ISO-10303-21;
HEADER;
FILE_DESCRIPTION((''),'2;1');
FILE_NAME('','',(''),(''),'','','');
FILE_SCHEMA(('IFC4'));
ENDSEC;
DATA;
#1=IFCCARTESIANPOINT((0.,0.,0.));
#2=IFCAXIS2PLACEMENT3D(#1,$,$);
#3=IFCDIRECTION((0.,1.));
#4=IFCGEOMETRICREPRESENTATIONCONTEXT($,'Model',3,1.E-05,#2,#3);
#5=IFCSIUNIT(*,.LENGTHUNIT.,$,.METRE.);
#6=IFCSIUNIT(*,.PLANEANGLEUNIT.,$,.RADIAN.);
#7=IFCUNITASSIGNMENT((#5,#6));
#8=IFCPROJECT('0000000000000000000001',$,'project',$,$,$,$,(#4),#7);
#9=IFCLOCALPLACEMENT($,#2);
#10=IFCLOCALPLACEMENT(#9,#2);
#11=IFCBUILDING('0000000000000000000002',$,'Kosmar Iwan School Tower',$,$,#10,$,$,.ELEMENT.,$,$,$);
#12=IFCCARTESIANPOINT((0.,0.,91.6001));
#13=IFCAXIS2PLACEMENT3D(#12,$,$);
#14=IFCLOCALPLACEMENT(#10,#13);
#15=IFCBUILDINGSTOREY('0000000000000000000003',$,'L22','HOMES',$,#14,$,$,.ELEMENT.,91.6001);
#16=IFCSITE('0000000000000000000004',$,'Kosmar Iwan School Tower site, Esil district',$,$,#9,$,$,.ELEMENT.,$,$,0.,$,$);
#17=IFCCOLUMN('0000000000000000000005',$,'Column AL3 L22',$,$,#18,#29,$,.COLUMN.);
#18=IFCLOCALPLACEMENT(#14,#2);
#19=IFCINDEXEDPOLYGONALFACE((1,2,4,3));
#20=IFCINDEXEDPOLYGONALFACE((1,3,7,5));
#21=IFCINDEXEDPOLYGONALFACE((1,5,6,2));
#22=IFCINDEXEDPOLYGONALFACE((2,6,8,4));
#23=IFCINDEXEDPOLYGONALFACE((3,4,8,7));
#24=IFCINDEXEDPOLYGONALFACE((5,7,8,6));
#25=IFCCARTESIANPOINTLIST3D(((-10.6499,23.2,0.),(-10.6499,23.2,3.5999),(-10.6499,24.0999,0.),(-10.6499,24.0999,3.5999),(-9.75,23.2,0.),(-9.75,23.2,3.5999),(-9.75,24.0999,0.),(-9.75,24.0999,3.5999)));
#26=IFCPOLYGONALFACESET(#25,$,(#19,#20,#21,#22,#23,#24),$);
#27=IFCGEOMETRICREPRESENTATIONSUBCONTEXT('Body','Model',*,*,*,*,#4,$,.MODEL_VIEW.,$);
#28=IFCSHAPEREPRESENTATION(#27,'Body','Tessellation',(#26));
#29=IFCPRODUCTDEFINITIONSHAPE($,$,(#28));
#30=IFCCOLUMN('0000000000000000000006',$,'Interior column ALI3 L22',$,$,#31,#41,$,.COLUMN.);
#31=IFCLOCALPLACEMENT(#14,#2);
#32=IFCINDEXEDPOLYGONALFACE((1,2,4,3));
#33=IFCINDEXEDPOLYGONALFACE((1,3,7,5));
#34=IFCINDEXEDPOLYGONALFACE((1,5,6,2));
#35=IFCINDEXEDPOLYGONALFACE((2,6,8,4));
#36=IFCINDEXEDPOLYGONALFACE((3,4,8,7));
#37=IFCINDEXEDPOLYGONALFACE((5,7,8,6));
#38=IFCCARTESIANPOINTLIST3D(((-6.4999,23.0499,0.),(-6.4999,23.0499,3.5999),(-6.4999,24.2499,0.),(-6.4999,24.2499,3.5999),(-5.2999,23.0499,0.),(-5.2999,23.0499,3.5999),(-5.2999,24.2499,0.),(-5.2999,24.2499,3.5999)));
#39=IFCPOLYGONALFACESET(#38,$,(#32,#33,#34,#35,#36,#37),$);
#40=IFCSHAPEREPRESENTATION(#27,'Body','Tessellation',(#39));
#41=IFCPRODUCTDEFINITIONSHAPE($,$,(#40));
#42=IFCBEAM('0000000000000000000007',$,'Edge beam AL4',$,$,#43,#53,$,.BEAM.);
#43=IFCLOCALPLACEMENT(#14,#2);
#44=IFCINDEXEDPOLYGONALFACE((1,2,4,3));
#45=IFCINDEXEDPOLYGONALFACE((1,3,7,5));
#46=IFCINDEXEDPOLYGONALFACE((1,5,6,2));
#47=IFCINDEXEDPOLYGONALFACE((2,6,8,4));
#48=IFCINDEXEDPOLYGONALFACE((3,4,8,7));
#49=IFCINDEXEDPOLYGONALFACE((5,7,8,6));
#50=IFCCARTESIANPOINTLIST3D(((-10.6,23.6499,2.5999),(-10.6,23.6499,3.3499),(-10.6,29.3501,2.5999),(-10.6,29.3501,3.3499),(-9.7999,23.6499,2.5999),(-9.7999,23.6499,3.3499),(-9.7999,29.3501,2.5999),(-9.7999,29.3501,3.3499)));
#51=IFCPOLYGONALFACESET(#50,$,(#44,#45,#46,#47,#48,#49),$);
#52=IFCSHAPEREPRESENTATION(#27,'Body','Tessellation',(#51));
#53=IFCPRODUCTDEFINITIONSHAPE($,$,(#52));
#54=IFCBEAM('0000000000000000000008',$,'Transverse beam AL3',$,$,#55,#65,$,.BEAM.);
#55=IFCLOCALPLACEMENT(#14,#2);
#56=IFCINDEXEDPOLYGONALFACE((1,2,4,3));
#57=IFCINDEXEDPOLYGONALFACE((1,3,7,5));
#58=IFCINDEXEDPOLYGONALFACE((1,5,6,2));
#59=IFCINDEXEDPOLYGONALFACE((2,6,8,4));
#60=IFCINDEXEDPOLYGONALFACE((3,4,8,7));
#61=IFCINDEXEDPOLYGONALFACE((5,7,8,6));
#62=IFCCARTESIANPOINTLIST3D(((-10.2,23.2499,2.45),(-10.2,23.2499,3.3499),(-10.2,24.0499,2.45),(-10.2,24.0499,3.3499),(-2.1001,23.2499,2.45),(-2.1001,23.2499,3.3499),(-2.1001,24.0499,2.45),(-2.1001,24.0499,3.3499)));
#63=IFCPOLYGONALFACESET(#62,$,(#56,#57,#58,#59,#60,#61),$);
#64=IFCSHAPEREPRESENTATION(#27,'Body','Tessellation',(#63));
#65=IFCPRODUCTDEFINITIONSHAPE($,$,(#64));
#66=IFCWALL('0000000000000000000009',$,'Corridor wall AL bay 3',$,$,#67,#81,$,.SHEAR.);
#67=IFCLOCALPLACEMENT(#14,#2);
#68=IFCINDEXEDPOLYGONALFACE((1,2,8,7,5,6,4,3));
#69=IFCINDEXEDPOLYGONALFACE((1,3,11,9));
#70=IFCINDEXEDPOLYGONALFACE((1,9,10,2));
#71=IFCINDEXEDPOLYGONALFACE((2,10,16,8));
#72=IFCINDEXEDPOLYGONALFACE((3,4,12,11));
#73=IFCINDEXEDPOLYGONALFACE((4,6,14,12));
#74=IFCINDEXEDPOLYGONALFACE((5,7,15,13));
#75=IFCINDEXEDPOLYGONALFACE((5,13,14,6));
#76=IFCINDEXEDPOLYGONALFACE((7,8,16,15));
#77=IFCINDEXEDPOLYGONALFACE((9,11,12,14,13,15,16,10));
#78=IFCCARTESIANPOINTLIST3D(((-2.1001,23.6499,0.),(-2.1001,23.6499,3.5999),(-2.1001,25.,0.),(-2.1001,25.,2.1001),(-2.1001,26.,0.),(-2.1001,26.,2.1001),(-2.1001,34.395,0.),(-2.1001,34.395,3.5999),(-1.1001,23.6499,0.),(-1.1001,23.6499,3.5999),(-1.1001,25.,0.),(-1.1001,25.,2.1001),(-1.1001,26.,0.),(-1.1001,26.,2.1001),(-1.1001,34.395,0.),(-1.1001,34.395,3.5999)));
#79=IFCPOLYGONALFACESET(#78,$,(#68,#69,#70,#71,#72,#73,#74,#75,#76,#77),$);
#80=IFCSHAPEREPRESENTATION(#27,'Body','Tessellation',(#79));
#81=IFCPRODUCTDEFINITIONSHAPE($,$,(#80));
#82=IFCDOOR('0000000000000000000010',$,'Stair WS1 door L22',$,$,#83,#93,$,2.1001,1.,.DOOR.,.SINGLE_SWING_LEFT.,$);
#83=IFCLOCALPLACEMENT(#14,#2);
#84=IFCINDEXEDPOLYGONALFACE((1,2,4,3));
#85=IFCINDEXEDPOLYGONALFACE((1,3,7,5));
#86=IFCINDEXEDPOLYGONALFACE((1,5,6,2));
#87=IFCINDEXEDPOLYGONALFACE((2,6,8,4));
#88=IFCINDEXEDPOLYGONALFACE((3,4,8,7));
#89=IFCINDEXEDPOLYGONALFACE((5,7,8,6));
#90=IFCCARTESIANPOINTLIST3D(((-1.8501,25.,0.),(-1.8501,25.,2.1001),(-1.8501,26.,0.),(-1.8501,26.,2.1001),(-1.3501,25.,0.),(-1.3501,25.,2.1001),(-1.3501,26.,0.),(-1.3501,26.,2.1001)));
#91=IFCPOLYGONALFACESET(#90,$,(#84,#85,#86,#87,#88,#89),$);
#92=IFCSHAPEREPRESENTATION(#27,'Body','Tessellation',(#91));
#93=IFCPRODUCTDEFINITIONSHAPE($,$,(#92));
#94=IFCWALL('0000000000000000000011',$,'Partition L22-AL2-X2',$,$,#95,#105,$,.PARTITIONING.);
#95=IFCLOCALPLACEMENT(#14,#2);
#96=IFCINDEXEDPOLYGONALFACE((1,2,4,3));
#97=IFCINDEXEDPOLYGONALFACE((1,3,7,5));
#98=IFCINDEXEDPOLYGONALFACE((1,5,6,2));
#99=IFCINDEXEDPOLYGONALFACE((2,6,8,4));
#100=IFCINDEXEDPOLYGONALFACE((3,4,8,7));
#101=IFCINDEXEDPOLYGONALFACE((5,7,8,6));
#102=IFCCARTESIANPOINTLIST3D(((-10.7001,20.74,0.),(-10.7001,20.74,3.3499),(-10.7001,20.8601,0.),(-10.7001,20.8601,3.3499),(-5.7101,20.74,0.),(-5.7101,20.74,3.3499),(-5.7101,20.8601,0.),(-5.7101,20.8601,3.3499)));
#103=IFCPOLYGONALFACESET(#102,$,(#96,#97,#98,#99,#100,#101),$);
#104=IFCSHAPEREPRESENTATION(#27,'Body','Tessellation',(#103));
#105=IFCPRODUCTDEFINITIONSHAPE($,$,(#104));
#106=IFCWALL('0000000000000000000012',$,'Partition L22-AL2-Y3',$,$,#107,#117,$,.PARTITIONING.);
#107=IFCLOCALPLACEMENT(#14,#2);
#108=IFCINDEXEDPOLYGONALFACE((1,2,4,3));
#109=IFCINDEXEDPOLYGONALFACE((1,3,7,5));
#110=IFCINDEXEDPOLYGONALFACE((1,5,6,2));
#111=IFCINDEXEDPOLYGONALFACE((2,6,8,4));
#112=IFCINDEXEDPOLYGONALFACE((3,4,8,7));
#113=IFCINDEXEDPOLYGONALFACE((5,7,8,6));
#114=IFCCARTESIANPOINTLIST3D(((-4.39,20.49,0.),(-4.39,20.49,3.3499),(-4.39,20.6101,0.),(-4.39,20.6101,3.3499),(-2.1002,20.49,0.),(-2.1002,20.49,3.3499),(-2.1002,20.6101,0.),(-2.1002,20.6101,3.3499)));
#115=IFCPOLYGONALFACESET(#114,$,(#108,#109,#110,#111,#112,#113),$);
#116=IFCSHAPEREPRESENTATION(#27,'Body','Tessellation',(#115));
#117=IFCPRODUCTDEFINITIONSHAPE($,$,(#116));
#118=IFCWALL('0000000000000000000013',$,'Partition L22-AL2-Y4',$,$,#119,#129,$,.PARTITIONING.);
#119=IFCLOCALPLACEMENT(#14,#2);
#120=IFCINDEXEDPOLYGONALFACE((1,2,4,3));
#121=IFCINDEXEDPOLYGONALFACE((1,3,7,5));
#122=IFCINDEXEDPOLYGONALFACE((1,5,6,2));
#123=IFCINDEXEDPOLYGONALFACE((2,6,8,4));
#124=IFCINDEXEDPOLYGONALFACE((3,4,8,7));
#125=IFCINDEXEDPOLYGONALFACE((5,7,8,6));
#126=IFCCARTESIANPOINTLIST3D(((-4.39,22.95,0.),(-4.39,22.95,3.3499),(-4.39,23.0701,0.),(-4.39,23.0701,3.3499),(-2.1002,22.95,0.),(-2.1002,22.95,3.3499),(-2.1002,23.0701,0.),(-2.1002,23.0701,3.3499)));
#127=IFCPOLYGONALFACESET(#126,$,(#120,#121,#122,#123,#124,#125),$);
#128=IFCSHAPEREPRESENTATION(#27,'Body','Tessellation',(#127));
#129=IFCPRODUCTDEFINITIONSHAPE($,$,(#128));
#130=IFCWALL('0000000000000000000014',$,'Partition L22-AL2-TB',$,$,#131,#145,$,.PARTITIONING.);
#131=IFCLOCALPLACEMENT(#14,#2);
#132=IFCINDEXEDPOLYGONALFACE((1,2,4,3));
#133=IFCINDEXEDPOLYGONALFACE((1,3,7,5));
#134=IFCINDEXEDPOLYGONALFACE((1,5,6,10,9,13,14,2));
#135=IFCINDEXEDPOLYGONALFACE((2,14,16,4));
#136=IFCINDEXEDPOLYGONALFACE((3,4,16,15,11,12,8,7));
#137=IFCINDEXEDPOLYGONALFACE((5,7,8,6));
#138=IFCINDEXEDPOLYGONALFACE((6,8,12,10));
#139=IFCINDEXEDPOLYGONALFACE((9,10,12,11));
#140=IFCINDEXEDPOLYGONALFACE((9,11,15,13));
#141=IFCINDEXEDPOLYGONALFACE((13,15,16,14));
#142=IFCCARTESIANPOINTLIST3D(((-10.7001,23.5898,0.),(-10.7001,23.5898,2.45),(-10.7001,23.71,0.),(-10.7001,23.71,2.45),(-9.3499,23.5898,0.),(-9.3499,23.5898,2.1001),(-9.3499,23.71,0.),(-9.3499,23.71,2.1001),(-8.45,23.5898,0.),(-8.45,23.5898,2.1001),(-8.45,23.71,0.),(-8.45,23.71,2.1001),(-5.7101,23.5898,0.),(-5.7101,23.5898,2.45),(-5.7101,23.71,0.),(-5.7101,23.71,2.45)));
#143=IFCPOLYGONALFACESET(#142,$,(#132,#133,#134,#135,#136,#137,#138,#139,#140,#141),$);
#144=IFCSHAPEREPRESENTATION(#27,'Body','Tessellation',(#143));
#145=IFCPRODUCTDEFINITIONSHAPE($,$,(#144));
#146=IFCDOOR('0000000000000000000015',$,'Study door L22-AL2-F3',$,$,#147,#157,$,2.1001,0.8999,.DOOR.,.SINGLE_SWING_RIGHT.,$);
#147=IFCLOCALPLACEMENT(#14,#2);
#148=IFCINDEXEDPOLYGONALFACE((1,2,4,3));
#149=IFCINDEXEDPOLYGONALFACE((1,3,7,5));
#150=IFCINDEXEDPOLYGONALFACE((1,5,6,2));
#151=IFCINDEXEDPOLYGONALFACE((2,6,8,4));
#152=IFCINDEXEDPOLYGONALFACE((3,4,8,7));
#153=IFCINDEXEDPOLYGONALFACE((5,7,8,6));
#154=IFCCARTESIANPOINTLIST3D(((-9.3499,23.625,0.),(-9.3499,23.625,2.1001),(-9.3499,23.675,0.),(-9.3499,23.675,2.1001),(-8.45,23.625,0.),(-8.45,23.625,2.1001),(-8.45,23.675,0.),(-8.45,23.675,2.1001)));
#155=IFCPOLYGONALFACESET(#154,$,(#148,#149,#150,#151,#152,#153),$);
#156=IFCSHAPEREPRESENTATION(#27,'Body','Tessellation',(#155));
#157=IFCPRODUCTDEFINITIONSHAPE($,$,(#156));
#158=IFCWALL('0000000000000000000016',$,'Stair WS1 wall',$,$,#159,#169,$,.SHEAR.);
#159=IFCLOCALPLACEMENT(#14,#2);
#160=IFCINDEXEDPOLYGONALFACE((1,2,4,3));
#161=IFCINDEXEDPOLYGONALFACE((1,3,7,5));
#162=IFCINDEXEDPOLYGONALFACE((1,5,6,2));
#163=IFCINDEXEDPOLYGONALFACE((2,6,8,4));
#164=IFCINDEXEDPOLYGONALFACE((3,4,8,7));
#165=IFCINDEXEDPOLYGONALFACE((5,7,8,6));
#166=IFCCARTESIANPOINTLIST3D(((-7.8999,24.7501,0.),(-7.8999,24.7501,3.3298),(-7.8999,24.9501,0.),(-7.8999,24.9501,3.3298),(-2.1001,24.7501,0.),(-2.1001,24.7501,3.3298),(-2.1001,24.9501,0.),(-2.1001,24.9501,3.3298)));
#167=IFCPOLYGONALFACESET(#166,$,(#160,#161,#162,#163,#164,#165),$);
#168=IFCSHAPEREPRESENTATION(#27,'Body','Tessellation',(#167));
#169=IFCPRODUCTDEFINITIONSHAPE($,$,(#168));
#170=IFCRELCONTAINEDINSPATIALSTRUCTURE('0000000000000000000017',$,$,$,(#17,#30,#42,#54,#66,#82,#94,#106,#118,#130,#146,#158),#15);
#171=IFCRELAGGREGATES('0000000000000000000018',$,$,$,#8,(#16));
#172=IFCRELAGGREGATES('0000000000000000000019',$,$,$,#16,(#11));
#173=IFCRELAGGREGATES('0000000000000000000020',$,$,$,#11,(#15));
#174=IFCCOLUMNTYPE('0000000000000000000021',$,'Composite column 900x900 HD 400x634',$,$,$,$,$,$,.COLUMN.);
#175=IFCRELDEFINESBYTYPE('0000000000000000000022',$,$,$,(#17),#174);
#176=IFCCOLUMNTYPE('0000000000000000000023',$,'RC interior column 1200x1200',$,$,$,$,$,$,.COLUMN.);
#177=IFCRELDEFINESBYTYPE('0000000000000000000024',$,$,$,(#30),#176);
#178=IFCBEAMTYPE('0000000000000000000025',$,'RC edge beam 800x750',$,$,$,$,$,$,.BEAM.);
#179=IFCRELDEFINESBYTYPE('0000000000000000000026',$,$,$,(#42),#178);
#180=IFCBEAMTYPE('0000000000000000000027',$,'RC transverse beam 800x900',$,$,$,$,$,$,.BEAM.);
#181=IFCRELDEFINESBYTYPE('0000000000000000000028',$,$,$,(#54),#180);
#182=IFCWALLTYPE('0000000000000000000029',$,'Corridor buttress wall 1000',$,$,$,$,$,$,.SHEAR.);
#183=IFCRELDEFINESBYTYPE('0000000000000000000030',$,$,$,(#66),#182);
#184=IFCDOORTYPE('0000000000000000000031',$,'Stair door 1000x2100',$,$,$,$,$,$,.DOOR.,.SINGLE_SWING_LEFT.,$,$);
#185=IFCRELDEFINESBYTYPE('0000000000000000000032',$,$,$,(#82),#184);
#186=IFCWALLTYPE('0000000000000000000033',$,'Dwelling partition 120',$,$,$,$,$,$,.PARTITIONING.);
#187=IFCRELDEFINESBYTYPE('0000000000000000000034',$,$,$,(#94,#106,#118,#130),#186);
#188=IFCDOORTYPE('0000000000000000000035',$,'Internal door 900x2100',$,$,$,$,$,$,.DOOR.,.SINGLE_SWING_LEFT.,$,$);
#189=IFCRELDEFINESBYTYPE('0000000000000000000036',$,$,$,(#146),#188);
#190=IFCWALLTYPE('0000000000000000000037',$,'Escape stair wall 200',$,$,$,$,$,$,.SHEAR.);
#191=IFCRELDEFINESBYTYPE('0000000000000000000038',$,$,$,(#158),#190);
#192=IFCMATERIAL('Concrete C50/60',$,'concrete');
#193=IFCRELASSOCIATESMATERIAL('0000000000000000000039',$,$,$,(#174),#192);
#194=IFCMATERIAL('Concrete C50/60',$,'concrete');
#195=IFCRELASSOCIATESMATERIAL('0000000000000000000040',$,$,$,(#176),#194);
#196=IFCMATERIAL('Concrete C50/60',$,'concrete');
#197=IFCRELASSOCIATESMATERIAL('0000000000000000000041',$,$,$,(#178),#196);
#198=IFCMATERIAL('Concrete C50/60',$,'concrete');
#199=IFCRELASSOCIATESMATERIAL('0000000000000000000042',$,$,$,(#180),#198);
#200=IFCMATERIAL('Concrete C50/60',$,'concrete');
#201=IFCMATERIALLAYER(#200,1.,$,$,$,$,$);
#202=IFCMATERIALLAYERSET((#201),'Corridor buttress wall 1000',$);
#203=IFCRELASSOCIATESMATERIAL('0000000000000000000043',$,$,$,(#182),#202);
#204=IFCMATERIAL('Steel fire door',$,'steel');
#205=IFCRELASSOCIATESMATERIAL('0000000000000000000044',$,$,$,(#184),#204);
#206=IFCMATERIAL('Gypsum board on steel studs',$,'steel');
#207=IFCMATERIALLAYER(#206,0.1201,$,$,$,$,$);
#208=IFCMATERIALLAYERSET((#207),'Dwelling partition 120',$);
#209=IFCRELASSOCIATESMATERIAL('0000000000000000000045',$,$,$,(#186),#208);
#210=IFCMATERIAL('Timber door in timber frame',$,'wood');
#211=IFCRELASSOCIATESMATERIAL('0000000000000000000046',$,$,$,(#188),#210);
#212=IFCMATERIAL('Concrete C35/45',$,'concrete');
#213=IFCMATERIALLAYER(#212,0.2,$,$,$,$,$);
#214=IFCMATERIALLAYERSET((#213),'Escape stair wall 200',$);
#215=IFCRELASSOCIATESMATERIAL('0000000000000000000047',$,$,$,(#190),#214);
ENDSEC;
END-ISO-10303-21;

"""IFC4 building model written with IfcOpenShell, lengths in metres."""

from ifc_helpers import new_model, si_unit, direction, frame, frame_2d, origin, origin_2d, place, context, subcontext, project, spatial, rectangle, extrude, material, layer, layer_set, material_profile, profile_set, type_object, element, fill, save


model = new_model("IFC4")

# Units and contexts
model_context = context("Model", 3, precision=1e-05, world=origin(), true_north=direction((0.0, 1.0)))
body_context = subcontext(model_context, "Body", "Model", "MODEL_VIEW")
ifc_project = project(units=[si_unit("LENGTHUNIT", "METRE"), si_unit("PLANEANGLEUNIT", "RADIAN")], contexts=[model_context])

# Site, building, storey
site_placement = place(None, origin())
site = spatial("IfcSite", under=ifc_project, at=site_placement, Name="Kosmar Iwan School Tower site, Esil district", CompositionType="ELEMENT", RefElevation=0.0)
building_placement = place(site_placement, origin())
building = spatial("IfcBuilding", under=site, at=building_placement, Name="Kosmar Iwan School Tower", CompositionType="ELEMENT")
storey_placement = place(building_placement, frame((0.0, 0.0, 91.6001)))
storey = spatial("IfcBuildingStorey", under=building, at=storey_placement, Name="L22", Description="HOMES", CompositionType="ELEMENT", Elevation=91.6001)

# Columns
ifc_material_1 = material(Name="Concrete C50/60", Category="concrete")
ifc_material_profile_1 = material_profile(ifc_material_1, rectangle(XDim=0.8999, YDim=0.8999, at=origin_2d()), Name="RC 900x900 + HD 400x634")
ifc_profile_set_1 = profile_set([ifc_material_profile_1], Name="Concrete C50/60")
column_type_1 = type_object("IfcColumnType", Name="Composite column 900x900 HD 400x634", PredefinedType="COLUMN", material=ifc_profile_set_1)
column_1_placement = place(storey_placement, frame((-10.2, 23.6499, 0.0), z_axis=(0.0, 0.0, 1.0), x_axis=(0.0, 1.0, 0.0)))
element("IfcColumn", 1, at=column_1_placement, inside=storey, type_object=column_type_1, Name="Column AL3 L22", PredefinedType="COLUMN", context=body_context, shape_type="SweptSolid", body=[
    extrude(rectangle(XDim=0.8999, YDim=0.8999, at=origin_2d()), origin(), (0.0, 0.0, 1.0), 3.5999),
])
ifc_material_2 = material(Name="Concrete C50/60", Category="concrete")
ifc_material_profile_2 = material_profile(ifc_material_2, rectangle(XDim=1.2, YDim=1.2, at=origin_2d()), Name="RC 1200x1200")
ifc_profile_set_2 = profile_set([ifc_material_profile_2], Name="Concrete C50/60")
column_type_2 = type_object("IfcColumnType", Name="RC interior column 1200x1200", PredefinedType="COLUMN", material=ifc_profile_set_2)
column_2_placement = place(storey_placement, frame((-5.8999, 23.6499, 0.0), z_axis=(0.0, 0.0, 1.0), x_axis=(0.0, 1.0, 0.0)))
element("IfcColumn", 2, at=column_2_placement, inside=storey, type_object=column_type_2, Name="Interior column ALI3 L22", PredefinedType="COLUMN", context=body_context, shape_type="SweptSolid", body=[
    extrude(rectangle(XDim=1.2, YDim=1.2, at=origin_2d()), origin(), (0.0, 0.0, 1.0), 3.5999),
])

# Beams
ifc_material_3 = material(Name="Concrete C50/60", Category="concrete")
ifc_material_profile_3 = material_profile(ifc_material_3, rectangle(XDim=0.8, YDim=0.75, at=origin_2d()), Name="RC 800x750")
ifc_profile_set_3 = profile_set([ifc_material_profile_3], Name="Concrete C50/60")
beam_type_1 = type_object("IfcBeamType", Name="RC edge beam 800x750", PredefinedType="BEAM", material=ifc_profile_set_3)
beam_1_placement = place(storey_placement, frame((-10.2, 23.6499, 2.9749), z_axis=(0.0, 1.0, 0.0), x_axis=(-1.0, 0.0, 0.0)))
element("IfcBeam", 3, at=beam_1_placement, inside=storey, type_object=beam_type_1, Name="Edge beam AL4", PredefinedType="BEAM", context=body_context, shape_type="SweptSolid", body=[
    extrude(rectangle(XDim=0.8, YDim=0.75, at=origin_2d()), origin(), (0.0, 0.0, 1.0), 5.7002),
])
ifc_material_4 = material(Name="Concrete C50/60", Category="concrete")
ifc_material_profile_4 = material_profile(ifc_material_4, rectangle(XDim=0.8, YDim=0.8999, at=origin_2d()), Name="RC 800x900")
ifc_profile_set_4 = profile_set([ifc_material_profile_4], Name="Concrete C50/60")
beam_type_2 = type_object("IfcBeamType", Name="RC transverse beam 800x900", PredefinedType="BEAM", material=ifc_profile_set_4)
beam_2_placement = place(storey_placement, frame((-10.2, 23.6499, 2.8999), z_axis=(1.0, 0.0, 0.0), x_axis=(0.0, 1.0, 0.0)))
element("IfcBeam", 4, at=beam_2_placement, inside=storey, type_object=beam_type_2, Name="Transverse beam AL3", PredefinedType="BEAM", context=body_context, shape_type="SweptSolid", body=[
    extrude(rectangle(XDim=0.8, YDim=0.8999, at=origin_2d()), origin(), (0.0, 0.0, 1.0), 8.0999),
])

# Wall, opening, door
ifc_material_5 = material(Name="Concrete C50/60", Category="concrete")
ifc_layer_1 = layer(ifc_material_5, 1.0)
ifc_layer_set_1 = layer_set([ifc_layer_1], Name="Corridor buttress wall 1000")
wall_type_1 = type_object("IfcWallType", Name="Corridor buttress wall 1000", PredefinedType="SHEAR", material=ifc_layer_set_1)
wall_1_placement = place(storey_placement, frame((-1.6001, 23.6499, 0.0), z_axis=(0.0, 0.0, 1.0), x_axis=(0.0, 1.0, 0.0)))
wall_1 = element("IfcWall", 5, at=wall_1_placement, inside=storey, type_object=wall_type_1, Name="Corridor wall AL bay 3", PredefinedType="SHEAR", context=body_context, shape_type="SweptSolid", body=[
    extrude(rectangle(XDim=10.7451, YDim=1.0, at=frame_2d((5.3726, 0.0))), origin(), (0.0, 0.0, 1.0), 3.5999),
])
opening_1_placement = place(wall_1_placement, frame((1.3501, 0.0, 0.0)))
opening_1 = element("IfcOpeningElement", 6, at=opening_1_placement, cuts=wall_1, PredefinedType="OPENING", context=body_context, shape_type="SweptSolid", body=[
    extrude(rectangle(XDim=1.0, YDim=2.1001, at=frame_2d((0.5, 1.05))), frame((0.0, 0.512, 0.0), z_axis=(0.0, -1.0, 0.0), x_axis=(1.0, 0.0, 0.0)), (0.0, 0.0, 1.0), 1.0239),
])
ifc_material_6 = material(Name="Steel fire door", Category="steel")
door_type_1 = type_object("IfcDoorType", Name="Stair door 1000x2100", OperationType="SINGLE_SWING_LEFT", PredefinedType="DOOR", material=ifc_material_6)
door_1_placement = place(opening_1_placement, origin())
door_1 = element("IfcDoor", 7, at=door_1_placement, inside=storey, type_object=door_type_1, Name="Stair WS1 door L22", OperationType="SINGLE_SWING_LEFT", OverallHeight=2.1001, OverallWidth=1.0, PredefinedType="DOOR", context=body_context, shape_type="SweptSolid", body=[
    extrude(rectangle(XDim=1.0, YDim=2.1001, at=frame_2d((0.5, 1.05))), frame((0.0, 0.25, 0.0), z_axis=(0.0, -1.0, 0.0), x_axis=(1.0, 0.0, 0.0)), (0.0, 0.0, 1.0), 0.5),
])
fill(opening_1, door_1)

# Walls
ifc_material_7 = material(Name="Gypsum board on steel studs", Category="steel")
ifc_layer_2 = layer(ifc_material_7, 0.1201)
ifc_layer_set_2 = layer_set([ifc_layer_2], Name="Dwelling partition 120")
wall_type_2 = type_object("IfcWallType", Name="Dwelling partition 120", PredefinedType="PARTITIONING", material=ifc_layer_set_2)
wall_2_placement = place(storey_placement, frame((-5.71, 20.8, 0.0), z_axis=(0.0, 0.0, 1.0), x_axis=(-1.0, 0.0, 0.0)))
element("IfcWall", 8, at=wall_2_placement, inside=storey, type_object=wall_type_2, Name="Partition L22-AL2-X2", PredefinedType="PARTITIONING", context=body_context, shape_type="SweptSolid", body=[
    extrude(rectangle(XDim=4.99, YDim=0.1201, at=frame_2d((2.4951, 0.0))), origin(), (0.0, 0.0, 1.0), 3.3499),
])
for number, where, z_axis, x_axis, name in (
    (9, (-2.1001, 20.55, 0.0), (0.0, 0.0, 1.0), (-1.0, 0.0, 0.0), "Partition L22-AL2-Y3"),
    (10, (-2.1001, 23.01, 0.0), (0.0, 0.0, 1.0), (-1.0, 0.0, 0.0), "Partition L22-AL2-Y4"),
):
    element("IfcWall", number, at=place(storey_placement, frame(where, z_axis=z_axis, x_axis=x_axis)), inside=storey, type_object=wall_type_2, Name=name, PredefinedType="PARTITIONING", context=body_context, shape_type="SweptSolid", body=[
        extrude(rectangle(XDim=2.2898, YDim=0.1201, at=frame_2d((1.145, 0.0))), origin(), (0.0, 0.0, 1.0), 3.3499),
    ])

# Wall, opening, door
wall_3_placement = place(storey_placement, frame((-5.71, 23.6499, 0.0), z_axis=(0.0, 0.0, 1.0), x_axis=(-1.0, 0.0, 0.0)))
wall_3 = element("IfcWall", 11, at=wall_3_placement, inside=storey, type_object=wall_type_2, Name="Partition L22-AL2-TB", PredefinedType="PARTITIONING", context=body_context, shape_type="SweptSolid", body=[
    extrude(rectangle(XDim=4.99, YDim=0.1201, at=frame_2d((2.4951, 0.0))), origin(), (0.0, 0.0, 1.0), 2.45),
])
opening_2_placement = place(wall_3_placement, frame((2.74, 0.0, 0.0)))
opening_2 = element("IfcOpeningElement", 12, at=opening_2_placement, cuts=wall_3, PredefinedType="OPENING", context=body_context, shape_type="SweptSolid", body=[
    extrude(rectangle(XDim=0.8999, YDim=2.1001, at=frame_2d((0.45, 1.05))), frame((0.0, 0.072, 0.0), z_axis=(0.0, -1.0, 0.0), x_axis=(1.0, 0.0, 0.0)), (0.0, 0.0, 1.0), 0.144),
])
ifc_material_8 = material(Name="Timber door in timber frame", Category="wood")
door_type_2 = type_object("IfcDoorType", Name="Internal door 900x2100", OperationType="SINGLE_SWING_LEFT", PredefinedType="DOOR", material=ifc_material_8)
door_2_placement = place(opening_2_placement, origin())
door_2 = element("IfcDoor", 13, at=door_2_placement, inside=storey, type_object=door_type_2, Name="Study door L22-AL2-F3", OperationType="SINGLE_SWING_RIGHT", OverallHeight=2.1001, OverallWidth=0.8999, PredefinedType="DOOR", context=body_context, shape_type="SweptSolid", body=[
    extrude(rectangle(XDim=0.8999, YDim=2.1001, at=frame_2d((0.45, 1.05))), frame((0.0, 0.0249, 0.0), z_axis=(0.0, -1.0, 0.0), x_axis=(1.0, 0.0, 0.0)), (0.0, 0.0, 1.0), 0.05),
])
fill(opening_2, door_2)

# Wall
ifc_material_9 = material(Name="Concrete C35/45", Category="concrete")
ifc_layer_3 = layer(ifc_material_9, 0.2)
ifc_layer_set_3 = layer_set([ifc_layer_3], Name="Escape stair wall 200")
wall_type_3 = type_object("IfcWallType", Name="Escape stair wall 200", PredefinedType="SHEAR", material=ifc_layer_set_3)
wall_4_placement = place(storey_placement, frame((-2.1001, 24.8501, 0.0), z_axis=(0.0, 0.0, 1.0), x_axis=(-1.0, 0.0, 0.0)))
element("IfcWall", 14, at=wall_4_placement, inside=storey, type_object=wall_type_3, Name="Stair WS1 wall", PredefinedType="SHEAR", context=body_context, shape_type="SweptSolid", body=[
    extrude(rectangle(XDim=5.7998, YDim=0.2, at=frame_2d((2.8999, 0.0))), origin(), (0.0, 0.0, 1.0), 3.3298),
])

save(model, "model.ifc")
